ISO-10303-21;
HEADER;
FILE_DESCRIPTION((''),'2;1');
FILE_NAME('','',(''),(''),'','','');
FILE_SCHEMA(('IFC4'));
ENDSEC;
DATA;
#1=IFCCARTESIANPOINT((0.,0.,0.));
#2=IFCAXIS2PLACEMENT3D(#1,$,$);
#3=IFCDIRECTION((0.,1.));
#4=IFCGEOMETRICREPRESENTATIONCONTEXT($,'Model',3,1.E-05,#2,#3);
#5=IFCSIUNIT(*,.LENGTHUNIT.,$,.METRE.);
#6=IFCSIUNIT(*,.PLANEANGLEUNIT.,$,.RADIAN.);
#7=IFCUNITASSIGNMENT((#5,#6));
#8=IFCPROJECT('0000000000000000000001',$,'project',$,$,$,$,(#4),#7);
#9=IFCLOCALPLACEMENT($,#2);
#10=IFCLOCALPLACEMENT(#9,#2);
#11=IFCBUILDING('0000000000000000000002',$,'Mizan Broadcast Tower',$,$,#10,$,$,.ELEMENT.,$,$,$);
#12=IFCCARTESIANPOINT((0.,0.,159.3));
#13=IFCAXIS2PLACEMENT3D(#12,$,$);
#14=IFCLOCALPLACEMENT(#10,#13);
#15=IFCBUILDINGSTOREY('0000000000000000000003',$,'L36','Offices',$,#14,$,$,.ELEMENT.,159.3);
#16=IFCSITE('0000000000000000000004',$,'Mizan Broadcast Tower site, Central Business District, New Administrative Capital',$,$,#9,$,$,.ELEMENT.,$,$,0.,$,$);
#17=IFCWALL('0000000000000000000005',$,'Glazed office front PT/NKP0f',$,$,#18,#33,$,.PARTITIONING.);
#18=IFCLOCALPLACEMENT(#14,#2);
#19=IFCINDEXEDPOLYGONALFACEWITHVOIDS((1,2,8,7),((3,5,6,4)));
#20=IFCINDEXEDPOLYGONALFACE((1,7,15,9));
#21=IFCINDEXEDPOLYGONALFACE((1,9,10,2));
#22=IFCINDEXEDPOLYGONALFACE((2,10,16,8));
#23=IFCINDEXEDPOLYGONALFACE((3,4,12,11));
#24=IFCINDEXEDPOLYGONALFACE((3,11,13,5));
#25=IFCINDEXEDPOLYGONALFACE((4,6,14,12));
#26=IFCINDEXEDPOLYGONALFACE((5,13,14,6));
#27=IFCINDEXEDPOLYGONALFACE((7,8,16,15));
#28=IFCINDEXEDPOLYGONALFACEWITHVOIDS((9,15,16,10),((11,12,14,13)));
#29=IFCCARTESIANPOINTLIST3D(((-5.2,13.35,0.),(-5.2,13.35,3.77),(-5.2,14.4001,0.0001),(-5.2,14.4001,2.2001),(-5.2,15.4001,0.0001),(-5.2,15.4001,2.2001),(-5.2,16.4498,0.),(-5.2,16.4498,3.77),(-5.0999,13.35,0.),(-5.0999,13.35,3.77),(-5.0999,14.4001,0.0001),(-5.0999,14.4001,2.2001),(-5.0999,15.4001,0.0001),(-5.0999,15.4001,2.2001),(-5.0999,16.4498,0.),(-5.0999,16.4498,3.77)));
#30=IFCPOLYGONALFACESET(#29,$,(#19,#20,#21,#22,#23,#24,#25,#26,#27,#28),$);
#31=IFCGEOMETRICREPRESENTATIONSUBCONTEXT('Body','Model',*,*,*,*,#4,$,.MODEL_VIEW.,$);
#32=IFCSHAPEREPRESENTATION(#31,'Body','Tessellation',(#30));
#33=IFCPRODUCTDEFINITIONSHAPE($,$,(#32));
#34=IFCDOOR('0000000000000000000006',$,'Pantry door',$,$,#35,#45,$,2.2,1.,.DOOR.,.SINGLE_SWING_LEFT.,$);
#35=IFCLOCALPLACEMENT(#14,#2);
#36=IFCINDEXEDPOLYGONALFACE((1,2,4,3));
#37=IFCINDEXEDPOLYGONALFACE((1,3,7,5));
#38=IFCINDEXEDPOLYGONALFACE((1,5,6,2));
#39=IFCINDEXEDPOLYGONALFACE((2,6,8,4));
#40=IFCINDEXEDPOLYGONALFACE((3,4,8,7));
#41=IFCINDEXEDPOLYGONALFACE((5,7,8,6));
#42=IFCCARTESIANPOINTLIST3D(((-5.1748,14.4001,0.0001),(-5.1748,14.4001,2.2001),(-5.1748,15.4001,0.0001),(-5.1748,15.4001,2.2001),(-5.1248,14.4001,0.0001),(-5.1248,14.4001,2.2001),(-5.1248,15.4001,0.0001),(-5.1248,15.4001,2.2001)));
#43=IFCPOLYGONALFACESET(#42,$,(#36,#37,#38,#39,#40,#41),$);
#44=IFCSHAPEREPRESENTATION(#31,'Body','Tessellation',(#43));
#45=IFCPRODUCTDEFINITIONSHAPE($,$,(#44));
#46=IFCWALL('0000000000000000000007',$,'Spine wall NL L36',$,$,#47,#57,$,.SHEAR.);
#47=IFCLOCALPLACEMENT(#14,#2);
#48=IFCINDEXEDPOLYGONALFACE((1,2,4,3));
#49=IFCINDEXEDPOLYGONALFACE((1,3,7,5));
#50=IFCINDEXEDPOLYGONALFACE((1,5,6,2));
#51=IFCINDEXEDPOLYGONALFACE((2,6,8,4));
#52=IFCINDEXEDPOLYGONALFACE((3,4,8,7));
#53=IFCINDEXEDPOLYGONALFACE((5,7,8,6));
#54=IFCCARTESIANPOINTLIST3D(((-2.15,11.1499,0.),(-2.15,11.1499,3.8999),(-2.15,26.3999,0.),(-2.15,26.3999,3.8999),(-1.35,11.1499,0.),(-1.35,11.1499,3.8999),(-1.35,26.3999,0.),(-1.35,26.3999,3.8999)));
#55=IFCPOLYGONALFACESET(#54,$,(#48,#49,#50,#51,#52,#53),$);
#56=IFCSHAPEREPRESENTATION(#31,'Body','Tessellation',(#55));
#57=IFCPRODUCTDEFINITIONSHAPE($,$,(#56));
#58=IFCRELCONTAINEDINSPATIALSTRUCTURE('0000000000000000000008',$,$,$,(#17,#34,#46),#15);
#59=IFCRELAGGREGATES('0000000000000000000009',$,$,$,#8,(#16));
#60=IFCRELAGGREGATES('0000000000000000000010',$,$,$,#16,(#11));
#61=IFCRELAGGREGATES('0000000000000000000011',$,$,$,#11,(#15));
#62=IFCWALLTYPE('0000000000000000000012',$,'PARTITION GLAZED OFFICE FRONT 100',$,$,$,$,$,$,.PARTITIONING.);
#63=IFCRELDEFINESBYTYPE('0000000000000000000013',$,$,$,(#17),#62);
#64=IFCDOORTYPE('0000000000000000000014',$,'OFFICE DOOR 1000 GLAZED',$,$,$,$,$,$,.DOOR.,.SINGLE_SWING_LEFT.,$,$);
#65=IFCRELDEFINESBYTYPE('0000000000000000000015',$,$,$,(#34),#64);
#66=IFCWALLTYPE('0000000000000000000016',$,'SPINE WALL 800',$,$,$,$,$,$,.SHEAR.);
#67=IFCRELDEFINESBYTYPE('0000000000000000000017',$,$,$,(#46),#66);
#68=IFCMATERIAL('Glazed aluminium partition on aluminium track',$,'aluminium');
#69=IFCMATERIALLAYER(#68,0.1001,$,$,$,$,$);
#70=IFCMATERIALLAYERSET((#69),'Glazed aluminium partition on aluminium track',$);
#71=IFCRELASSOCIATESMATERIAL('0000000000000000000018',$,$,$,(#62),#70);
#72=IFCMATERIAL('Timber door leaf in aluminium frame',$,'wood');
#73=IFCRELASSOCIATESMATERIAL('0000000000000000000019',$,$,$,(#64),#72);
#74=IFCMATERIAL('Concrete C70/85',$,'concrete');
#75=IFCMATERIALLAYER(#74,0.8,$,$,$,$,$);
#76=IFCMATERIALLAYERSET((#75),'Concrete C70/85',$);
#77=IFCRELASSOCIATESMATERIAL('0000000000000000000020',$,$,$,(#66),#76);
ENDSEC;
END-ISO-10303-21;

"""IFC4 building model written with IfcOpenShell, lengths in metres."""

from ifc_helpers import new_model, si_unit, direction, frame, frame_2d, origin, place, context, subcontext, project, spatial, rectangle, extrude, material, layer, layer_set, type_object, element, fill, save


model = new_model("IFC4")

# Units and contexts
model_context = context("Model", 3, precision=1e-05, world=origin(), true_north=direction((0.0, 1.0)))
body_context = subcontext(model_context, "Body", "Model", "MODEL_VIEW")
ifc_project = project(units=[si_unit("LENGTHUNIT", "METRE"), si_unit("PLANEANGLEUNIT", "RADIAN")], contexts=[model_context])

# Site, building, storey
site_placement = place(None, origin())
site = spatial("IfcSite", under=ifc_project, at=site_placement, Name="Mizan Broadcast Tower site, Central Business District, New Administrative Capital", CompositionType="ELEMENT", RefElevation=0.0)
building_placement = place(site_placement, origin())
building = spatial("IfcBuilding", under=site, at=building_placement, Name="Mizan Broadcast Tower", CompositionType="ELEMENT")
storey_placement = place(building_placement, frame((0.0, 0.0, 159.3)))
storey = spatial("IfcBuildingStorey", under=building, at=storey_placement, Name="L36", Description="Offices", CompositionType="ELEMENT", Elevation=159.3)

# Shared definitions
ifc_material_1 = material(Name="Glazed aluminium partition on aluminium track", Category="aluminium")
ifc_layer_1 = layer(ifc_material_1, 0.1001)
ifc_layer_set_1 = layer_set([ifc_layer_1], Name="Glazed aluminium partition on aluminium track")
wall_type_1 = type_object("IfcWallType", Name="PARTITION GLAZED OFFICE FRONT 100", PredefinedType="PARTITIONING", material=ifc_layer_set_1)

# Wall, opening, door
wall_1_placement = place(storey_placement, frame((-5.1499, 13.3501, 0.0), z_axis=(0.0, 0.0, 1.0), x_axis=(0.0, 1.0, 0.0)))
wall_1 = element("IfcWall", 1, at=wall_1_placement, inside=storey, type_object=wall_type_1, Name="Glazed office front PT/NKP0f", PredefinedType="PARTITIONING", context=body_context, shape_type="SweptSolid", body=[
    extrude(rectangle(XDim=3.0999, YDim=0.1001, at=frame_2d((1.5498, 0.0))), origin(), (0.0, 0.0, 1.0), 3.77),
])
opening_1_placement = place(wall_1_placement, frame((1.05, 0.0, 0.0)))
opening_1 = element("IfcOpeningElement", 2, at=opening_1_placement, cuts=wall_1, PredefinedType="OPENING", context=body_context, shape_type="SweptSolid", body=[
    extrude(rectangle(XDim=1.0, YDim=2.2, at=frame_2d((0.5, 1.1001))), frame((0.0, 0.0601, 0.0), z_axis=(0.0, -1.0, 0.0), x_axis=(1.0, 0.0, 0.0)), (0.0, 0.0, 1.0), 0.1201),
])
ifc_material_2 = material(Name="Timber door leaf in aluminium frame", Category="wood")
door_type_1 = type_object("IfcDoorType", Name="OFFICE DOOR 1000 GLAZED", OperationType="SINGLE_SWING_LEFT", PredefinedType="DOOR", material=ifc_material_2)
door_1_placement = place(opening_1_placement, origin())
door_1 = element("IfcDoor", 3, at=door_1_placement, inside=storey, type_object=door_type_1, Name="Pantry door", OperationType="SINGLE_SWING_LEFT", OverallHeight=2.2, OverallWidth=1.0, PredefinedType="DOOR", context=body_context, shape_type="SweptSolid", body=[
    extrude(rectangle(XDim=1.0, YDim=2.2, at=frame_2d((0.5, 1.1001))), frame((0.0, 0.0249, 0.0), z_axis=(0.0, -1.0, 0.0), x_axis=(1.0, 0.0, 0.0)), (0.0, 0.0, 1.0), 0.05),
])
fill(opening_1, door_1)

# Wall
ifc_material_3 = material(Name="Concrete C70/85", Category="concrete")
ifc_layer_2 = layer(ifc_material_3, 0.8)
ifc_layer_set_2 = layer_set([ifc_layer_2], Name="Concrete C70/85")
wall_type_2 = type_object("IfcWallType", Name="SPINE WALL 800", PredefinedType="SHEAR", material=ifc_layer_set_2)
wall_2_placement = place(storey_placement, frame((-1.75, 11.1499, 0.0), z_axis=(0.0, 0.0, 1.0), x_axis=(0.0, 1.0, 0.0)))
element("IfcWall", 4, at=wall_2_placement, inside=storey, type_object=wall_type_2, Name="Spine wall NL L36", PredefinedType="SHEAR", context=body_context, shape_type="SweptSolid", body=[
    extrude(rectangle(XDim=15.25, YDim=0.8, at=frame_2d((7.625, 0.0))), origin(), (0.0, 0.0, 1.0), 3.8999),
])

save(model, "model.ifc")
